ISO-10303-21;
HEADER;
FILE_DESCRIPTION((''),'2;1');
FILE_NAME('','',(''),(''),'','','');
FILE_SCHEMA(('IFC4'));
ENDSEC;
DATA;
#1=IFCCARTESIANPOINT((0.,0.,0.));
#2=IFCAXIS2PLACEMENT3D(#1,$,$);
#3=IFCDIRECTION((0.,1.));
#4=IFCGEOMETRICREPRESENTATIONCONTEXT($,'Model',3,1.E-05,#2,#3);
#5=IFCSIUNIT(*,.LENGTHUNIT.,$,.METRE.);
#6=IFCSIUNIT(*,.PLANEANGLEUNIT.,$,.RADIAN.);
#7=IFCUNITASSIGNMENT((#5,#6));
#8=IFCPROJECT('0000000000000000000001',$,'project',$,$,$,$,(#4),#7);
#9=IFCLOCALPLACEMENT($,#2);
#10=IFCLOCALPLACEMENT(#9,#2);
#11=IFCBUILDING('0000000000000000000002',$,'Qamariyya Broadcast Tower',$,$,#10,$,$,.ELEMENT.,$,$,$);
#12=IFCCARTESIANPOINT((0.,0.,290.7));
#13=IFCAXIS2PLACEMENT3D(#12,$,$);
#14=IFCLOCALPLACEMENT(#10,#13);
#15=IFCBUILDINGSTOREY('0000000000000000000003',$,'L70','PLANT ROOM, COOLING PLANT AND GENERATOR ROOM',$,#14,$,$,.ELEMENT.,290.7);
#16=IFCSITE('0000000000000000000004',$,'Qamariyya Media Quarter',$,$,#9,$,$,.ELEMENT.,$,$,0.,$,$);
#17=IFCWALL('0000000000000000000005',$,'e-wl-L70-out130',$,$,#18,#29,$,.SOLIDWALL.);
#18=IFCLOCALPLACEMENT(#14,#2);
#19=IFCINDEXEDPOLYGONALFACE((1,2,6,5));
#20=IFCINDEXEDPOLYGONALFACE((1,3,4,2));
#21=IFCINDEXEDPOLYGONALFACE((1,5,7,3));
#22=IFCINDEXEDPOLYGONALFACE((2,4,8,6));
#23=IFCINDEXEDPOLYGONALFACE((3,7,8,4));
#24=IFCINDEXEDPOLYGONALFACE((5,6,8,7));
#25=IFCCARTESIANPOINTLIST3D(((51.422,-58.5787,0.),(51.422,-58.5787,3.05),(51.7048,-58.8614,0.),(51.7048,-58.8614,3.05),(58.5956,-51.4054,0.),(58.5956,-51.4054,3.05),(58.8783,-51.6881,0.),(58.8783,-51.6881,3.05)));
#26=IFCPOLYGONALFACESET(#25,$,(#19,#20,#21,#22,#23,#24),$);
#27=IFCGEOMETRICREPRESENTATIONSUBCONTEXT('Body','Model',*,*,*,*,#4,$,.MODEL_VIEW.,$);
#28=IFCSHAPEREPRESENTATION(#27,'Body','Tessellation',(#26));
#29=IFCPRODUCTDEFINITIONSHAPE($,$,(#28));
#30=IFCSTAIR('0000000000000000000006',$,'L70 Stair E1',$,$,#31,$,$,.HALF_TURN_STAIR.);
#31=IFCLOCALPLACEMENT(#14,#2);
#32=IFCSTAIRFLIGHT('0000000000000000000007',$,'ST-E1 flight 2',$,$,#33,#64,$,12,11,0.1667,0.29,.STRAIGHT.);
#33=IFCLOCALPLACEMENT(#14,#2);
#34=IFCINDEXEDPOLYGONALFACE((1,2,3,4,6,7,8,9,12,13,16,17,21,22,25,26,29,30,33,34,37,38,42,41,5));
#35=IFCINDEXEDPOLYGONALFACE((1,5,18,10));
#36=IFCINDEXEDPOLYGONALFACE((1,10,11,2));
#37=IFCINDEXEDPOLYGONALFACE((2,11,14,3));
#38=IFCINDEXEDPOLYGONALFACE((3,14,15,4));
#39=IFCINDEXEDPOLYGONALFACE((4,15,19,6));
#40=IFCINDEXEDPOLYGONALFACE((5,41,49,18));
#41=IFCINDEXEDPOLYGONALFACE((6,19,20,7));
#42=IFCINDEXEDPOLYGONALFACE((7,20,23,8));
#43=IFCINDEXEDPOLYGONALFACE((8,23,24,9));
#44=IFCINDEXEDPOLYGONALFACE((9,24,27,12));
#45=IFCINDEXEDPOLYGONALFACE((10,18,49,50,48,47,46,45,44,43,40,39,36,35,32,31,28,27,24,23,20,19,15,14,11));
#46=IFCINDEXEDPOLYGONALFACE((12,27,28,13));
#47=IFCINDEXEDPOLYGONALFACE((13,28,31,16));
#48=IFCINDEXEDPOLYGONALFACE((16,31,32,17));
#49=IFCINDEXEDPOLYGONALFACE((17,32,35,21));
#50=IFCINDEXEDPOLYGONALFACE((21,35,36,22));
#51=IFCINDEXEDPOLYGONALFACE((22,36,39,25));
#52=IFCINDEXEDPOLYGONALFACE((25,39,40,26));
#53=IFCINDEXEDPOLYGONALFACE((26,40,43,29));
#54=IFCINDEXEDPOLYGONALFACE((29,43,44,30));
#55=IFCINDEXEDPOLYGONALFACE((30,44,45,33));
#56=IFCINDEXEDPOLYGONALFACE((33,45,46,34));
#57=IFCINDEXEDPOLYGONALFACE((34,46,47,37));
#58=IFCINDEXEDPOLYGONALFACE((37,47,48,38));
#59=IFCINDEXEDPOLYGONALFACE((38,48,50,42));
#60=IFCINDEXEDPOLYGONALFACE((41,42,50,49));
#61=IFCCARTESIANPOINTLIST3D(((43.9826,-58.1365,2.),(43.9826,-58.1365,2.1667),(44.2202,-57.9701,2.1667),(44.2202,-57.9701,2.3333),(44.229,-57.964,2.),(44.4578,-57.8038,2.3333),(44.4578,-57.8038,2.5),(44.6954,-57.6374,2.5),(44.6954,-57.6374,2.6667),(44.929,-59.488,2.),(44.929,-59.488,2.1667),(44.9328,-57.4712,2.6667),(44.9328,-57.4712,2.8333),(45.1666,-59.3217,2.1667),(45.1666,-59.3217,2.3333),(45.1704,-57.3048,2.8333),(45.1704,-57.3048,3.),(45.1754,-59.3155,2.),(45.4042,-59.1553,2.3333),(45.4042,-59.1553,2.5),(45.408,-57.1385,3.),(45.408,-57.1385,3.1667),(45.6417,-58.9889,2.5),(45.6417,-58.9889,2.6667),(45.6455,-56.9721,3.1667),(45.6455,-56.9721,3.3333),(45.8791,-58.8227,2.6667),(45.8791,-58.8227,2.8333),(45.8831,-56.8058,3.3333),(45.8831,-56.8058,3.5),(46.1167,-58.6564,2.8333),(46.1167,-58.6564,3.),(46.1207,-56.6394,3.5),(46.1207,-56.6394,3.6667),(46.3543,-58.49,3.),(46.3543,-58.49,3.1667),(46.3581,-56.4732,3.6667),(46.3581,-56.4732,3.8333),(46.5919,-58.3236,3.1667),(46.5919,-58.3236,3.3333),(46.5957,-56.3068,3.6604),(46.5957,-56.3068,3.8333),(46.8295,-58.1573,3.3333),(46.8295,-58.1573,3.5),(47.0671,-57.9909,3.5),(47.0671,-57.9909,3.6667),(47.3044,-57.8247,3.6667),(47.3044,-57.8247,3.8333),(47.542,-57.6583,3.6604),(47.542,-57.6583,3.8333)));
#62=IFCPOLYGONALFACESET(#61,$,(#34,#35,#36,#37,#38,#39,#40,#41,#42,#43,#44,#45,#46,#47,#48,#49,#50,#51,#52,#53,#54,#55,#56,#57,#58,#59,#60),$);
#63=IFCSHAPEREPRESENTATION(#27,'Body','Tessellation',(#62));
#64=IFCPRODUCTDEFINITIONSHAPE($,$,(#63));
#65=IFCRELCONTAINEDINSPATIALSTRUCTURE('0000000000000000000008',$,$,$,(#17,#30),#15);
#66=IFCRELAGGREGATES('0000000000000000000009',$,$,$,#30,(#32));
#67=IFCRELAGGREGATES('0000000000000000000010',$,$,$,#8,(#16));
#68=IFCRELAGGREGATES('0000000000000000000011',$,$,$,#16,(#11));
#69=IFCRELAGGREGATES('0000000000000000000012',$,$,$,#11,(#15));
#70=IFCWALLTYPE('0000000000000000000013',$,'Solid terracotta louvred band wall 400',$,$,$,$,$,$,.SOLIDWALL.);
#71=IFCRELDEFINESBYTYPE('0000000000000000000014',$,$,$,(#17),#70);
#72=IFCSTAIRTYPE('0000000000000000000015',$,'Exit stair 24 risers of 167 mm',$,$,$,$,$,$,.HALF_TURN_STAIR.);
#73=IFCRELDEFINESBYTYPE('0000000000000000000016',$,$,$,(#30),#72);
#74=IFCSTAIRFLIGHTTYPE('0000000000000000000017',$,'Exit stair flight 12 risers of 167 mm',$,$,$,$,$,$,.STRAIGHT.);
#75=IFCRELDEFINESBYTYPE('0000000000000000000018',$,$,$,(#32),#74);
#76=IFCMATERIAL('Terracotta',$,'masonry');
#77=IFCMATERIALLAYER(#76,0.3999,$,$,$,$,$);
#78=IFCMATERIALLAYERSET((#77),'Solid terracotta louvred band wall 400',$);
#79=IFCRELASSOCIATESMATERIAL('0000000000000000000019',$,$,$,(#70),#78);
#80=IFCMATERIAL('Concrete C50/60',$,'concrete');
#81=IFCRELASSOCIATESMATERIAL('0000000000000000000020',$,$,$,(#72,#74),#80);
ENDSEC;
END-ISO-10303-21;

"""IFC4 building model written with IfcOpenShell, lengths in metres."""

from ifc_helpers import new_model, si_unit, direction, frame, frame_2d, origin, place, context, subcontext, project, spatial, polyline, rectangle, outline, extrude, material, layer, layer_set, type_object, element, aggregate, save


model = new_model("IFC4")

# Units and contexts
model_context = context("Model", 3, precision=1e-05, world=origin(), true_north=direction((0.0, 1.0)))
body_context = subcontext(model_context, "Body", "Model", "MODEL_VIEW")
ifc_project = project(units=[si_unit("LENGTHUNIT", "METRE"), si_unit("PLANEANGLEUNIT", "RADIAN")], contexts=[model_context])

# Site, building, storey
site_placement = place(None, origin())
site = spatial("IfcSite", under=ifc_project, at=site_placement, Name="Qamariyya Media Quarter", CompositionType="ELEMENT", RefElevation=0.0)
building_placement = place(site_placement, origin())
building = spatial("IfcBuilding", under=site, at=building_placement, Name="Qamariyya Broadcast Tower", CompositionType="ELEMENT")
storey_placement = place(building_placement, frame((0.0, 0.0, 290.7)))
storey = spatial("IfcBuildingStorey", under=building, at=storey_placement, Name="L70", Description="PLANT ROOM, COOLING PLANT AND GENERATOR ROOM", CompositionType="ELEMENT", Elevation=290.7)

# Shared definitions
ifc_material_1 = material(Name="Concrete C50/60", Category="concrete")

# Wall
ifc_material_2 = material(Name="Terracotta", Category="masonry")
ifc_layer_1 = layer(ifc_material_2, 0.3999)
ifc_layer_set_1 = layer_set([ifc_layer_1], Name="Solid terracotta louvred band wall 400")
wall_type_1 = type_object("IfcWallType", Name="Solid terracotta louvred band wall 400", PredefinedType="SOLIDWALL", material=ifc_layer_set_1)
wall_1_placement = place(storey_placement, frame((51.5635, -58.72, 0.0), z_axis=(0.0, 0.0, 1.0), x_axis=(0.707119, 0.707095, 0.0)))
element("IfcWall", 1, at=wall_1_placement, inside=storey, type_object=wall_type_1, Name="e-wl-L70-out130", PredefinedType="SOLIDWALL", context=body_context, shape_type="SweptSolid", body=[
    extrude(rectangle(XDim=10.1448, YDim=0.3999, at=frame_2d((5.0723, 0.0))), origin(), (0.0, 0.0, 1.0), 3.05),
])

# Stair, stair flight
stair_type = type_object("IfcStairType", Name="Exit stair 24 risers of 167 mm", PredefinedType="HALF_TURN_STAIR", material=ifc_material_1)
stair_placement = place(storey_placement, origin())
stair = element("IfcStair", 2, at=stair_placement, inside=storey, type_object=stair_type, Name="L70 Stair E1", PredefinedType="HALF_TURN_STAIR")
stair_flight_type = type_object("IfcStairFlightType", Name="Exit stair flight 12 risers of 167 mm", PredefinedType="STRAIGHT", material=ifc_material_1)
stair_flight_placement = place(storey_placement, frame((44.4558, -58.8123, 2.0), z_axis=(0.0, 0.0, 1.0), x_axis=(0.819152, 0.573576, 0.0)))
stair_flight = element("IfcStairFlight", 3, at=stair_flight_placement, type_object=stair_flight_type, Name="ST-E1 flight 2", NumberOfRisers=12, NumberOfTreads=11, PredefinedType="STRAIGHT", RiserHeight=0.1667, TreadLength=0.29, context=body_context, shape_type="SweptSolid", body=[
    extrude(outline(polyline([(0.0, 0.0), (0.0, 0.1667), (0.29, 0.1667), (0.29, 0.3333), (0.5801, 0.3333), (0.5801, 0.5), (0.8701, 0.5), (0.8701, 0.6667), (1.1599, 0.6667), (1.1599, 0.8333), (1.45, 0.8333), (1.45, 1.0), (1.74, 1.0), (1.74, 1.1667), (2.03, 1.1667), (2.03, 1.3333), (2.3201, 1.3333), (2.3201, 1.5), (2.6101, 1.5), (2.6101, 1.6667), (2.8999, 1.6667), (2.8999, 1.8333), (3.1899, 1.8333), (3.1899, 2.0), (3.1899, 1.6604), (0.3008, 0.0), (0.0, 0.0)])), frame((0.0, 0.825, 0.0), z_axis=(0.0, -1.0, 0.0), x_axis=(1.0, 0.0, 0.0)), (0.0, 0.0, 1.0), 1.6499),
])
aggregate(stair, [stair_flight])

save(model, "model.ifc")
